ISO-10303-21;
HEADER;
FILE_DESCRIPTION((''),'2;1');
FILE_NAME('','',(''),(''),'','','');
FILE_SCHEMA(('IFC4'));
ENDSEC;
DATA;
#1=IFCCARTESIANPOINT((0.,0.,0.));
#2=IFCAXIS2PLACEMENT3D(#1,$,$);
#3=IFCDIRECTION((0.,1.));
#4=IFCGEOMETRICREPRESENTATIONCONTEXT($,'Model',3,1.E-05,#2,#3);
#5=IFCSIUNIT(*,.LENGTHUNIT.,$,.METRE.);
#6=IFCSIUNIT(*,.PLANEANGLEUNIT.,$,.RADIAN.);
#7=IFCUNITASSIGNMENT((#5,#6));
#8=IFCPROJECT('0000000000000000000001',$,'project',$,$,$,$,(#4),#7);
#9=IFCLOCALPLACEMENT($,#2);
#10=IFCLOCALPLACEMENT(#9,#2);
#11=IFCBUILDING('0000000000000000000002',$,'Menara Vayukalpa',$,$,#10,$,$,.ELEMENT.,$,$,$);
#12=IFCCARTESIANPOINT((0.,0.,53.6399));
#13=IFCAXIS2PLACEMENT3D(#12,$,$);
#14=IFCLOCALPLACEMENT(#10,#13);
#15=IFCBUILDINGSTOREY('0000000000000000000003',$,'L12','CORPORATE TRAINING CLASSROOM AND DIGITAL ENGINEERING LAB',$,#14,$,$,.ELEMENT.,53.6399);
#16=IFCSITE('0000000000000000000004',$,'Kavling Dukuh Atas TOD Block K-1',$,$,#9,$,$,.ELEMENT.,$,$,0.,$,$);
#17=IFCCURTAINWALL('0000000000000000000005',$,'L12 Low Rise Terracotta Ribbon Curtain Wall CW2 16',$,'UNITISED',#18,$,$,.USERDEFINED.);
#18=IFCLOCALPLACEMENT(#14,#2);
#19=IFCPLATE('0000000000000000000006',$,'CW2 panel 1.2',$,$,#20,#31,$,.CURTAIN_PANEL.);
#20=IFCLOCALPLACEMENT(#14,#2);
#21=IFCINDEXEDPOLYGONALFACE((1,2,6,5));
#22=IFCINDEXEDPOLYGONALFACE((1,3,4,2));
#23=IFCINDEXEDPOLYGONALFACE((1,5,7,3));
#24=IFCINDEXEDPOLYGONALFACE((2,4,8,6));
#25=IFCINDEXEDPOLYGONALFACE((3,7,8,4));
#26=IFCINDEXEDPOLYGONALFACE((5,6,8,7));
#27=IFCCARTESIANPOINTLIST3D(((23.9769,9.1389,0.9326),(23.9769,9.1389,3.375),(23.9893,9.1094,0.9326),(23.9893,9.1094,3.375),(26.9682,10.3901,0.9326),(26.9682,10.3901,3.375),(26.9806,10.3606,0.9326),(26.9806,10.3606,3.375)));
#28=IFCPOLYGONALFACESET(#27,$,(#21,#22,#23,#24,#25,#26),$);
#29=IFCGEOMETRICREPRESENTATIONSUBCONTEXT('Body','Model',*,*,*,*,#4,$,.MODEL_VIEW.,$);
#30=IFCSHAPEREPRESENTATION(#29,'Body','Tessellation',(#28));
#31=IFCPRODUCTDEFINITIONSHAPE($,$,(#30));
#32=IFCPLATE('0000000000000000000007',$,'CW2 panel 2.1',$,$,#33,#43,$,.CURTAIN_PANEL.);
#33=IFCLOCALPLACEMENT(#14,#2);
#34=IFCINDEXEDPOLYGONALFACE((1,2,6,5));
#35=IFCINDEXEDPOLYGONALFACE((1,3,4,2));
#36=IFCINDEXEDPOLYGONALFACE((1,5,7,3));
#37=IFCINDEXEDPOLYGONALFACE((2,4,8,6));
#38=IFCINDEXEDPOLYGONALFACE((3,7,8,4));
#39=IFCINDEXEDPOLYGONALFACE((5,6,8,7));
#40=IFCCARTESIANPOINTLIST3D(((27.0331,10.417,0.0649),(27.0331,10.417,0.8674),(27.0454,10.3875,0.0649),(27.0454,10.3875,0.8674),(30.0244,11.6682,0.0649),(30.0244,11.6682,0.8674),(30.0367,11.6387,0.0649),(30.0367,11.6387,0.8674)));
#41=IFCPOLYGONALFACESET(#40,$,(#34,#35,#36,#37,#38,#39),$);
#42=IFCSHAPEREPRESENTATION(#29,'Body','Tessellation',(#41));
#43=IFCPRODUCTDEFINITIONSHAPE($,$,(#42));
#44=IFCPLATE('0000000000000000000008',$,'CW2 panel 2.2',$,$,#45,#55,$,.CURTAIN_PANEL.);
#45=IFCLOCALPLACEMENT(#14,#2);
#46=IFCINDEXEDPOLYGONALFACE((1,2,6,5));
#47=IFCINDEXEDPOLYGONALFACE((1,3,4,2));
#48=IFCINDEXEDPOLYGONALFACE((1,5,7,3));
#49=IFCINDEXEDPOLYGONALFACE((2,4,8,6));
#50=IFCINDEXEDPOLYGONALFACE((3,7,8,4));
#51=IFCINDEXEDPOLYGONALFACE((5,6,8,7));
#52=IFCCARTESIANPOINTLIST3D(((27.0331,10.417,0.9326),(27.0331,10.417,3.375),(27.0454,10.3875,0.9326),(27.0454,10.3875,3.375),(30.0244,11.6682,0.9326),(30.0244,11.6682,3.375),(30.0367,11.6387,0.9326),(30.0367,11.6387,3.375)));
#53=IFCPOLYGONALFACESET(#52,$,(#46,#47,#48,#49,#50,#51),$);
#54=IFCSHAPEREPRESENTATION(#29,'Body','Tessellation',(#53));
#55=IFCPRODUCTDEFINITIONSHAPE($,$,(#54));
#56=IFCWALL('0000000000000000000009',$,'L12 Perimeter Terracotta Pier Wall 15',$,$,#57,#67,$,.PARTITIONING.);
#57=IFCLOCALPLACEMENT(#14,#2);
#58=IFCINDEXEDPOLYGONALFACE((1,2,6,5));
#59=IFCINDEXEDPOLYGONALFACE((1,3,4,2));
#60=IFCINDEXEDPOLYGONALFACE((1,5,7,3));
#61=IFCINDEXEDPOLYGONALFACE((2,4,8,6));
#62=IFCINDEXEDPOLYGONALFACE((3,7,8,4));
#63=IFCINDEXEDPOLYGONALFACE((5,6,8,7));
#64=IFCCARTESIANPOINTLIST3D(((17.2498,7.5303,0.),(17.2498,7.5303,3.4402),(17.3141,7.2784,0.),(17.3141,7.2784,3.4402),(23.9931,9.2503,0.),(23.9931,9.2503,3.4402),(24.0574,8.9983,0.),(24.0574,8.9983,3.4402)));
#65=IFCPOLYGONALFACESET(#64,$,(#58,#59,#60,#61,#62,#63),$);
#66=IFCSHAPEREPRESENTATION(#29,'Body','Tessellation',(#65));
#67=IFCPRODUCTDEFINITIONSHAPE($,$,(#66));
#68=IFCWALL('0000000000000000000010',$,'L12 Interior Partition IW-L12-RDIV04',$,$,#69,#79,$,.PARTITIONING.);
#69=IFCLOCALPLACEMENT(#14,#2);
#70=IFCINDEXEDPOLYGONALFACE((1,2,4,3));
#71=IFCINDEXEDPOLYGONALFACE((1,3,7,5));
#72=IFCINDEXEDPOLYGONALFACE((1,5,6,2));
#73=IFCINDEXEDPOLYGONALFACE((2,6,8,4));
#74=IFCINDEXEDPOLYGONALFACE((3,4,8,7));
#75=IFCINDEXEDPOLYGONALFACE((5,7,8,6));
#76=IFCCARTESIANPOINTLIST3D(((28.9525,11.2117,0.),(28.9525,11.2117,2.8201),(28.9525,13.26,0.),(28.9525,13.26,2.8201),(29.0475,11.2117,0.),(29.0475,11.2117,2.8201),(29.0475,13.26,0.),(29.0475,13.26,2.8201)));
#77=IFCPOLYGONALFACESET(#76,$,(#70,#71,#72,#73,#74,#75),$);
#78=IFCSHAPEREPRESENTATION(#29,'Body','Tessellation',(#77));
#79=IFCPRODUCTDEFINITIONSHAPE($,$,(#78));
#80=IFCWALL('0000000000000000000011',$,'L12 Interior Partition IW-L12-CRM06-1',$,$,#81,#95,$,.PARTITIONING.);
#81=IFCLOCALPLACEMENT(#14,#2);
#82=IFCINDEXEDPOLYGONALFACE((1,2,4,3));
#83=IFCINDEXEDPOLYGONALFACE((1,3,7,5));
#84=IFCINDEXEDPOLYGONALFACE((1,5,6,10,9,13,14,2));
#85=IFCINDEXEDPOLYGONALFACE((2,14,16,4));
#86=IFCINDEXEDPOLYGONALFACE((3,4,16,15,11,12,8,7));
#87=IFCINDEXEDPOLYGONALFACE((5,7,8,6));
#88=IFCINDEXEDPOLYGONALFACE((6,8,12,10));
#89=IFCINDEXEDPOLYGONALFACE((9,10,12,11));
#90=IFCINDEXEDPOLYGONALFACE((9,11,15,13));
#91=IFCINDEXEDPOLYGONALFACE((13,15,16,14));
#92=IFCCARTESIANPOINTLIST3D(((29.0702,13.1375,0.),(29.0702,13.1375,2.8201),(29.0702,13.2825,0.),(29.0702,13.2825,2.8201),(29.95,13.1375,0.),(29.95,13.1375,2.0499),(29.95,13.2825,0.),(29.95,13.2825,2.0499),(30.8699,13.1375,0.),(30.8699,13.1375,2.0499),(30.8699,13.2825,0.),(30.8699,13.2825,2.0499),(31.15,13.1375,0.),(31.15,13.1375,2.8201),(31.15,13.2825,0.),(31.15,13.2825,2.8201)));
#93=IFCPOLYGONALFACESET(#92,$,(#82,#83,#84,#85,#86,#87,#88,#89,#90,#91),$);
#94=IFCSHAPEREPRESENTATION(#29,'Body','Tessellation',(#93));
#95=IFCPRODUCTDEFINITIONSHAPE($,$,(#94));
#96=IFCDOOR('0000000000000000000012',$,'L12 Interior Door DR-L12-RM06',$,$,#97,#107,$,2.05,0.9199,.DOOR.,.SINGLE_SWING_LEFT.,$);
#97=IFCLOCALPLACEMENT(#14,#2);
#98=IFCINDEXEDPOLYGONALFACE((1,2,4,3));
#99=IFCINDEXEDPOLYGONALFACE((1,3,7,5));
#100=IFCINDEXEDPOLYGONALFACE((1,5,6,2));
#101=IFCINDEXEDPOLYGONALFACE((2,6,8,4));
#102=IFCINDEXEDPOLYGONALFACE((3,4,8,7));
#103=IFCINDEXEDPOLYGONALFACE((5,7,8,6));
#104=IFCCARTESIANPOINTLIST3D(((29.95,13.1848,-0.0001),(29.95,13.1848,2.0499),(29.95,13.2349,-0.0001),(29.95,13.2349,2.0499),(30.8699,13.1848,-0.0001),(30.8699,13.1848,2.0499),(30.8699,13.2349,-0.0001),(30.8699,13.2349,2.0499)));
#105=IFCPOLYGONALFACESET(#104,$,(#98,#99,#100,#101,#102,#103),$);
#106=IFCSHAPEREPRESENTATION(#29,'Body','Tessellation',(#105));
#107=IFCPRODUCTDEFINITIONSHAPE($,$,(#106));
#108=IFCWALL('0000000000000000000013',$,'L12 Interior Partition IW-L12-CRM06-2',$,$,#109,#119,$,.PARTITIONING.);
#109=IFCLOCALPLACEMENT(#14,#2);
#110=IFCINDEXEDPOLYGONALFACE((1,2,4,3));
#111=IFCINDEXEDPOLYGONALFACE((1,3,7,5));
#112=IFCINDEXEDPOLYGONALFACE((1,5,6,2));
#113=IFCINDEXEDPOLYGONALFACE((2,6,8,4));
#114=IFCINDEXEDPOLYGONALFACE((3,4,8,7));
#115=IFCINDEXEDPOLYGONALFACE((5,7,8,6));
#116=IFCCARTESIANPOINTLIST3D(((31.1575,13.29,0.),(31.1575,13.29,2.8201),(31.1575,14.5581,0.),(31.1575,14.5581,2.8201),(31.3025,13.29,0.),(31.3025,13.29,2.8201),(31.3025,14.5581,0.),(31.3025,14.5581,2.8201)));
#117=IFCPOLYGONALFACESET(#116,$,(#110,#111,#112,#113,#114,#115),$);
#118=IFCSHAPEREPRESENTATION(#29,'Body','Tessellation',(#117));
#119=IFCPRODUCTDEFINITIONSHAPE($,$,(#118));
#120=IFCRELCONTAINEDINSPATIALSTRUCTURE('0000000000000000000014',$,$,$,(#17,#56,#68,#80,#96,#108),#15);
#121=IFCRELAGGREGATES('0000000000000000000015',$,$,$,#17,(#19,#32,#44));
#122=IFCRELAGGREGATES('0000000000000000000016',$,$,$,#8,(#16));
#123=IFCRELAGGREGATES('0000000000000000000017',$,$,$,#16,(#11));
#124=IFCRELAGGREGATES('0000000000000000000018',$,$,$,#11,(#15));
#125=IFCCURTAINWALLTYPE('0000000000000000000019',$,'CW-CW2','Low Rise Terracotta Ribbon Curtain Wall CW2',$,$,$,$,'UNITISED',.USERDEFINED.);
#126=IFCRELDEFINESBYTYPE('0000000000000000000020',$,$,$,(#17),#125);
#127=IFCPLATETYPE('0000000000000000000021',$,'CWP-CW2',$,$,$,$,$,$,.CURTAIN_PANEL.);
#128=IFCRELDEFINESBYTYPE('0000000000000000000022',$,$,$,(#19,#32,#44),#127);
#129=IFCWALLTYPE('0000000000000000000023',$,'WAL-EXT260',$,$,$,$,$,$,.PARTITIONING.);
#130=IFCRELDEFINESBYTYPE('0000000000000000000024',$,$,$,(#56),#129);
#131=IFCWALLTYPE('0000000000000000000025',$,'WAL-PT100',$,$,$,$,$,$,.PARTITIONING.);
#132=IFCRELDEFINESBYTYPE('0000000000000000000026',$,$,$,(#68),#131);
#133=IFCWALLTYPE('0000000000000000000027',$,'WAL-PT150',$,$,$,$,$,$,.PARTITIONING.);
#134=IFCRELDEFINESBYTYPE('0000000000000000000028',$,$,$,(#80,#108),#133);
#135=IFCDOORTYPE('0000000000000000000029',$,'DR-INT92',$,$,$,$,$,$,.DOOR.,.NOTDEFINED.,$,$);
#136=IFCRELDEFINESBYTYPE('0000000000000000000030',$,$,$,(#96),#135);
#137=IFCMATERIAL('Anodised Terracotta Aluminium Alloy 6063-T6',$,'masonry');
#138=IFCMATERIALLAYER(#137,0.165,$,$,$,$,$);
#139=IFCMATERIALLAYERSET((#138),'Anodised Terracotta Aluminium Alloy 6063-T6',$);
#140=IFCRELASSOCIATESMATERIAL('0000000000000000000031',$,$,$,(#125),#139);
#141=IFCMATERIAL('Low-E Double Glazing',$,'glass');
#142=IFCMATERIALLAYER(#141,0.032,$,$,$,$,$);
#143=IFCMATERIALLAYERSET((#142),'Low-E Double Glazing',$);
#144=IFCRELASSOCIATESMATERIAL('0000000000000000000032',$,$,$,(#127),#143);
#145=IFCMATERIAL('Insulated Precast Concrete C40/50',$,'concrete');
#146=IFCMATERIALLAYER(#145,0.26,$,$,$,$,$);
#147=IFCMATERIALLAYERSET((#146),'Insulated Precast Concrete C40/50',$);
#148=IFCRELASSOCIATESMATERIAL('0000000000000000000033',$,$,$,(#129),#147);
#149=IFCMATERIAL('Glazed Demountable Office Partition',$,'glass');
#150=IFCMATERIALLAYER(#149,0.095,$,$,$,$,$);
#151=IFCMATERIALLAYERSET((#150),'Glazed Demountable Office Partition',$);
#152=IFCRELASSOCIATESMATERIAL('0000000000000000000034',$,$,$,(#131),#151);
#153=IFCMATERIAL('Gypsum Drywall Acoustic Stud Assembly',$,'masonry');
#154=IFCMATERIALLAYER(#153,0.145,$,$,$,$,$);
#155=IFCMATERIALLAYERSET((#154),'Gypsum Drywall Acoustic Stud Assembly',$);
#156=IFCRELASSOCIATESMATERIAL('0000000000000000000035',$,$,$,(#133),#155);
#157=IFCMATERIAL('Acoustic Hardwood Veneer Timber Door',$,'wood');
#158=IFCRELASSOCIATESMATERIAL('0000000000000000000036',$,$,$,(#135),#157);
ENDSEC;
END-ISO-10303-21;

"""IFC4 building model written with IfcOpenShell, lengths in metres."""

from ifc_helpers import new_model, si_unit, direction, frame, frame_2d, origin, origin_2d, place, context, subcontext, project, spatial, rectangle, extrude, material, layer, layer_set, type_object, element, fill, aggregate, save


model = new_model("IFC4")

# Units and contexts
model_context = context("Model", 3, precision=1e-05, world=origin(), true_north=direction((0.0, 1.0)))
body_context = subcontext(model_context, "Body", "Model", "MODEL_VIEW")
ifc_project = project(units=[si_unit("LENGTHUNIT", "METRE"), si_unit("PLANEANGLEUNIT", "RADIAN")], contexts=[model_context])

# Site, building, storey
site_placement = place(None, origin())
site = spatial("IfcSite", under=ifc_project, at=site_placement, Name="Kavling Dukuh Atas TOD Block K-1", CompositionType="ELEMENT", RefElevation=0.0)
building_placement = place(site_placement, origin())
building = spatial("IfcBuilding", under=site, at=building_placement, Name="Menara Vayukalpa", CompositionType="ELEMENT")
storey_placement = place(building_placement, frame((0.0, 0.0, 53.6399)))
storey = spatial("IfcBuildingStorey", under=building, at=storey_placement, Name="L12", Description="CORPORATE TRAINING CLASSROOM AND DIGITAL ENGINEERING LAB", CompositionType="ELEMENT", Elevation=53.6399)

# Curtain wall
ifc_material_1 = material(Name="Anodised Terracotta Aluminium Alloy 6063-T6", Category="masonry")
ifc_layer_1 = layer(ifc_material_1, 0.165)
ifc_layer_set_1 = layer_set([ifc_layer_1], Name="Anodised Terracotta Aluminium Alloy 6063-T6")
curtain_wall_type = type_object("IfcCurtainWallType", Name="CW-CW2", Description="Low Rise Terracotta Ribbon Curtain Wall CW2", ElementType="UNITISED", PredefinedType="USERDEFINED", material=ifc_layer_set_1)
curtain_wall_1_placement = place(storey_placement, origin())
curtain_wall_1 = element("IfcCurtainWall", 1, at=curtain_wall_1_placement, inside=storey, type_object=curtain_wall_type, Name="L12 Low Rise Terracotta Ribbon Curtain Wall CW2 16", ObjectType="UNITISED", PredefinedType="USERDEFINED")

# Plates
ifc_material_2 = material(Name="Low-E Double Glazing", Category="glass")
ifc_layer_2 = layer(ifc_material_2, 0.032)
ifc_layer_set_2 = layer_set([ifc_layer_2], Name="Low-E Double Glazing")
plate_type = type_object("IfcPlateType", Name="CWP-CW2", PredefinedType="CURTAIN_PANEL", material=ifc_layer_set_2)
plate_1_placement = place(storey_placement, frame((25.4788, 9.7498, 0.9326), z_axis=(0.0, 0.0, 1.0), x_axis=(0.922543, 0.385895, 0.0)))
plate_1 = element("IfcPlate", 2, at=plate_1_placement, type_object=plate_type, Name="CW2 panel 1.2", PredefinedType="CURTAIN_PANEL", context=body_context, shape_type="SweptSolid", body=[
    extrude(rectangle(XDim=3.2424, YDim=0.032, at=origin_2d()), origin(), (0.0, 0.0, 1.0), 2.4424),
])
plate_2_placement = place(storey_placement, frame((28.5349, 11.0278, 0.0649), z_axis=(0.0, 0.0, 1.0), x_axis=(0.922543, 0.385895, 0.0)))
plate_2 = element("IfcPlate", 3, at=plate_2_placement, type_object=plate_type, Name="CW2 panel 2.1", PredefinedType="CURTAIN_PANEL", context=body_context, shape_type="SweptSolid", body=[
    extrude(rectangle(XDim=3.2424, YDim=0.032, at=origin_2d()), origin(), (0.0, 0.0, 1.0), 0.8025),
])
plate_3_placement = place(storey_placement, frame((28.5349, 11.0278, 0.9326), z_axis=(0.0, 0.0, 1.0), x_axis=(0.922543, 0.385895, 0.0)))
plate_3 = element("IfcPlate", 4, at=plate_3_placement, type_object=plate_type, Name="CW2 panel 2.2", PredefinedType="CURTAIN_PANEL", context=body_context, shape_type="SweptSolid", body=[
    extrude(rectangle(XDim=3.2424, YDim=0.032, at=origin_2d()), origin(), (0.0, 0.0, 1.0), 2.4424),
])
aggregate(curtain_wall_1, [plate_1, plate_2, plate_3])

# Walls
ifc_material_3 = material(Name="Insulated Precast Concrete C40/50", Category="concrete")
ifc_layer_3 = layer(ifc_material_3, 0.26)
ifc_layer_set_3 = layer_set([ifc_layer_3], Name="Insulated Precast Concrete C40/50")
wall_type_1 = type_object("IfcWallType", Name="WAL-EXT260", PredefinedType="PARTITIONING", material=ifc_layer_set_3)
wall_1_placement = place(storey_placement, frame((24.0251, 9.1243, 0.0), z_axis=(0.0, 0.0, 1.0), x_axis=(-0.968978, -0.247147, 0.0)))
element("IfcWall", 5, at=wall_1_placement, inside=storey, type_object=wall_type_1, Name="L12 Perimeter Terracotta Pier Wall 15", PredefinedType="PARTITIONING", context=body_context, shape_type="SweptSolid", body=[
    extrude(rectangle(XDim=6.9592, YDim=0.26, at=frame_2d((3.4795, 0.0))), origin(), (0.0, 0.0, 1.0), 3.4402),
])
ifc_material_4 = material(Name="Glazed Demountable Office Partition", Category="glass")
ifc_layer_4 = layer(ifc_material_4, 0.095)
ifc_layer_set_4 = layer_set([ifc_layer_4], Name="Glazed Demountable Office Partition")
wall_type_2 = type_object("IfcWallType", Name="WAL-PT100", PredefinedType="PARTITIONING", material=ifc_layer_set_4)
wall_2_placement = place(storey_placement, frame((29.0, 11.2117, 0.0), z_axis=(0.0, 0.0, 1.0), x_axis=(0.0, 1.0, 0.0)))
element("IfcWall", 6, at=wall_2_placement, inside=storey, type_object=wall_type_2, Name="L12 Interior Partition IW-L12-RDIV04", PredefinedType="PARTITIONING", context=body_context, shape_type="SweptSolid", body=[
    extrude(rectangle(XDim=2.0483, YDim=0.095, at=frame_2d((1.0242, 0.0))), origin(), (0.0, 0.0, 1.0), 2.8201),
])

# Wall, opening, door
ifc_material_5 = material(Name="Gypsum Drywall Acoustic Stud Assembly", Category="masonry")
ifc_layer_5 = layer(ifc_material_5, 0.145)
ifc_layer_set_5 = layer_set([ifc_layer_5], Name="Gypsum Drywall Acoustic Stud Assembly")
wall_type_3 = type_object("IfcWallType", Name="WAL-PT150", PredefinedType="PARTITIONING", material=ifc_layer_set_5)
wall_3_placement = place(storey_placement, frame((29.0701, 13.21, 0.0), z_axis=(0.0, 0.0, 1.0), x_axis=(1.0, 0.0, 0.0)))
wall_3 = element("IfcWall", 7, at=wall_3_placement, inside=storey, type_object=wall_type_3, Name="L12 Interior Partition IW-L12-CRM06-1", PredefinedType="PARTITIONING", context=body_context, shape_type="SweptSolid", body=[
    extrude(rectangle(XDim=2.0798, YDim=0.145, at=frame_2d((1.04, 0.0))), origin(), (0.0, 0.0, 1.0), 2.8201),
])
opening_placement = place(wall_3_placement, frame((0.8799, 0.0, 0.0)))
opening = element("IfcOpeningElement", 8, at=opening_placement, cuts=wall_3, PredefinedType="OPENING", context=body_context, shape_type="SweptSolid", body=[
    extrude(rectangle(XDim=0.9199, YDim=2.05, at=frame_2d((0.46, 1.0249))), frame((0.0, 0.0825, 0.0), z_axis=(0.0, -1.0, 0.0), x_axis=(1.0, 0.0, 0.0)), (0.0, 0.0, 1.0), 0.165),
])
ifc_material_6 = material(Name="Acoustic Hardwood Veneer Timber Door", Category="wood")
door_type = type_object("IfcDoorType", Name="DR-INT92", OperationType="NOTDEFINED", PredefinedType="DOOR", material=ifc_material_6)
door_placement = place(opening_placement, origin())
door = element("IfcDoor", 9, at=door_placement, inside=storey, type_object=door_type, Name="L12 Interior Door DR-L12-RM06", OperationType="SINGLE_SWING_LEFT", OverallHeight=2.05, OverallWidth=0.9199, PredefinedType="DOOR", context=body_context, shape_type="SweptSolid", body=[
    extrude(rectangle(XDim=0.9199, YDim=2.05, at=frame_2d((0.46, 1.0249))), frame((0.0, 0.0249, 0.0), z_axis=(0.0, -1.0, 0.0), x_axis=(1.0, 0.0, 0.0)), (0.0, 0.0, 1.0), 0.05),
])
fill(opening, door)

# Wall
wall_4_placement = place(storey_placement, frame((31.23, 13.29, 0.0), z_axis=(0.0, 0.0, 1.0), x_axis=(0.0, 1.0, 0.0)))
element("IfcWall", 10, at=wall_4_placement, inside=storey, type_object=wall_type_3, Name="L12 Interior Partition IW-L12-CRM06-2", PredefinedType="PARTITIONING", context=body_context, shape_type="SweptSolid", body=[
    extrude(rectangle(XDim=1.2681, YDim=0.145, at=frame_2d((0.634, 0.0))), origin(), (0.0, 0.0, 1.0), 2.8201),
])

save(model, "model.ifc")
